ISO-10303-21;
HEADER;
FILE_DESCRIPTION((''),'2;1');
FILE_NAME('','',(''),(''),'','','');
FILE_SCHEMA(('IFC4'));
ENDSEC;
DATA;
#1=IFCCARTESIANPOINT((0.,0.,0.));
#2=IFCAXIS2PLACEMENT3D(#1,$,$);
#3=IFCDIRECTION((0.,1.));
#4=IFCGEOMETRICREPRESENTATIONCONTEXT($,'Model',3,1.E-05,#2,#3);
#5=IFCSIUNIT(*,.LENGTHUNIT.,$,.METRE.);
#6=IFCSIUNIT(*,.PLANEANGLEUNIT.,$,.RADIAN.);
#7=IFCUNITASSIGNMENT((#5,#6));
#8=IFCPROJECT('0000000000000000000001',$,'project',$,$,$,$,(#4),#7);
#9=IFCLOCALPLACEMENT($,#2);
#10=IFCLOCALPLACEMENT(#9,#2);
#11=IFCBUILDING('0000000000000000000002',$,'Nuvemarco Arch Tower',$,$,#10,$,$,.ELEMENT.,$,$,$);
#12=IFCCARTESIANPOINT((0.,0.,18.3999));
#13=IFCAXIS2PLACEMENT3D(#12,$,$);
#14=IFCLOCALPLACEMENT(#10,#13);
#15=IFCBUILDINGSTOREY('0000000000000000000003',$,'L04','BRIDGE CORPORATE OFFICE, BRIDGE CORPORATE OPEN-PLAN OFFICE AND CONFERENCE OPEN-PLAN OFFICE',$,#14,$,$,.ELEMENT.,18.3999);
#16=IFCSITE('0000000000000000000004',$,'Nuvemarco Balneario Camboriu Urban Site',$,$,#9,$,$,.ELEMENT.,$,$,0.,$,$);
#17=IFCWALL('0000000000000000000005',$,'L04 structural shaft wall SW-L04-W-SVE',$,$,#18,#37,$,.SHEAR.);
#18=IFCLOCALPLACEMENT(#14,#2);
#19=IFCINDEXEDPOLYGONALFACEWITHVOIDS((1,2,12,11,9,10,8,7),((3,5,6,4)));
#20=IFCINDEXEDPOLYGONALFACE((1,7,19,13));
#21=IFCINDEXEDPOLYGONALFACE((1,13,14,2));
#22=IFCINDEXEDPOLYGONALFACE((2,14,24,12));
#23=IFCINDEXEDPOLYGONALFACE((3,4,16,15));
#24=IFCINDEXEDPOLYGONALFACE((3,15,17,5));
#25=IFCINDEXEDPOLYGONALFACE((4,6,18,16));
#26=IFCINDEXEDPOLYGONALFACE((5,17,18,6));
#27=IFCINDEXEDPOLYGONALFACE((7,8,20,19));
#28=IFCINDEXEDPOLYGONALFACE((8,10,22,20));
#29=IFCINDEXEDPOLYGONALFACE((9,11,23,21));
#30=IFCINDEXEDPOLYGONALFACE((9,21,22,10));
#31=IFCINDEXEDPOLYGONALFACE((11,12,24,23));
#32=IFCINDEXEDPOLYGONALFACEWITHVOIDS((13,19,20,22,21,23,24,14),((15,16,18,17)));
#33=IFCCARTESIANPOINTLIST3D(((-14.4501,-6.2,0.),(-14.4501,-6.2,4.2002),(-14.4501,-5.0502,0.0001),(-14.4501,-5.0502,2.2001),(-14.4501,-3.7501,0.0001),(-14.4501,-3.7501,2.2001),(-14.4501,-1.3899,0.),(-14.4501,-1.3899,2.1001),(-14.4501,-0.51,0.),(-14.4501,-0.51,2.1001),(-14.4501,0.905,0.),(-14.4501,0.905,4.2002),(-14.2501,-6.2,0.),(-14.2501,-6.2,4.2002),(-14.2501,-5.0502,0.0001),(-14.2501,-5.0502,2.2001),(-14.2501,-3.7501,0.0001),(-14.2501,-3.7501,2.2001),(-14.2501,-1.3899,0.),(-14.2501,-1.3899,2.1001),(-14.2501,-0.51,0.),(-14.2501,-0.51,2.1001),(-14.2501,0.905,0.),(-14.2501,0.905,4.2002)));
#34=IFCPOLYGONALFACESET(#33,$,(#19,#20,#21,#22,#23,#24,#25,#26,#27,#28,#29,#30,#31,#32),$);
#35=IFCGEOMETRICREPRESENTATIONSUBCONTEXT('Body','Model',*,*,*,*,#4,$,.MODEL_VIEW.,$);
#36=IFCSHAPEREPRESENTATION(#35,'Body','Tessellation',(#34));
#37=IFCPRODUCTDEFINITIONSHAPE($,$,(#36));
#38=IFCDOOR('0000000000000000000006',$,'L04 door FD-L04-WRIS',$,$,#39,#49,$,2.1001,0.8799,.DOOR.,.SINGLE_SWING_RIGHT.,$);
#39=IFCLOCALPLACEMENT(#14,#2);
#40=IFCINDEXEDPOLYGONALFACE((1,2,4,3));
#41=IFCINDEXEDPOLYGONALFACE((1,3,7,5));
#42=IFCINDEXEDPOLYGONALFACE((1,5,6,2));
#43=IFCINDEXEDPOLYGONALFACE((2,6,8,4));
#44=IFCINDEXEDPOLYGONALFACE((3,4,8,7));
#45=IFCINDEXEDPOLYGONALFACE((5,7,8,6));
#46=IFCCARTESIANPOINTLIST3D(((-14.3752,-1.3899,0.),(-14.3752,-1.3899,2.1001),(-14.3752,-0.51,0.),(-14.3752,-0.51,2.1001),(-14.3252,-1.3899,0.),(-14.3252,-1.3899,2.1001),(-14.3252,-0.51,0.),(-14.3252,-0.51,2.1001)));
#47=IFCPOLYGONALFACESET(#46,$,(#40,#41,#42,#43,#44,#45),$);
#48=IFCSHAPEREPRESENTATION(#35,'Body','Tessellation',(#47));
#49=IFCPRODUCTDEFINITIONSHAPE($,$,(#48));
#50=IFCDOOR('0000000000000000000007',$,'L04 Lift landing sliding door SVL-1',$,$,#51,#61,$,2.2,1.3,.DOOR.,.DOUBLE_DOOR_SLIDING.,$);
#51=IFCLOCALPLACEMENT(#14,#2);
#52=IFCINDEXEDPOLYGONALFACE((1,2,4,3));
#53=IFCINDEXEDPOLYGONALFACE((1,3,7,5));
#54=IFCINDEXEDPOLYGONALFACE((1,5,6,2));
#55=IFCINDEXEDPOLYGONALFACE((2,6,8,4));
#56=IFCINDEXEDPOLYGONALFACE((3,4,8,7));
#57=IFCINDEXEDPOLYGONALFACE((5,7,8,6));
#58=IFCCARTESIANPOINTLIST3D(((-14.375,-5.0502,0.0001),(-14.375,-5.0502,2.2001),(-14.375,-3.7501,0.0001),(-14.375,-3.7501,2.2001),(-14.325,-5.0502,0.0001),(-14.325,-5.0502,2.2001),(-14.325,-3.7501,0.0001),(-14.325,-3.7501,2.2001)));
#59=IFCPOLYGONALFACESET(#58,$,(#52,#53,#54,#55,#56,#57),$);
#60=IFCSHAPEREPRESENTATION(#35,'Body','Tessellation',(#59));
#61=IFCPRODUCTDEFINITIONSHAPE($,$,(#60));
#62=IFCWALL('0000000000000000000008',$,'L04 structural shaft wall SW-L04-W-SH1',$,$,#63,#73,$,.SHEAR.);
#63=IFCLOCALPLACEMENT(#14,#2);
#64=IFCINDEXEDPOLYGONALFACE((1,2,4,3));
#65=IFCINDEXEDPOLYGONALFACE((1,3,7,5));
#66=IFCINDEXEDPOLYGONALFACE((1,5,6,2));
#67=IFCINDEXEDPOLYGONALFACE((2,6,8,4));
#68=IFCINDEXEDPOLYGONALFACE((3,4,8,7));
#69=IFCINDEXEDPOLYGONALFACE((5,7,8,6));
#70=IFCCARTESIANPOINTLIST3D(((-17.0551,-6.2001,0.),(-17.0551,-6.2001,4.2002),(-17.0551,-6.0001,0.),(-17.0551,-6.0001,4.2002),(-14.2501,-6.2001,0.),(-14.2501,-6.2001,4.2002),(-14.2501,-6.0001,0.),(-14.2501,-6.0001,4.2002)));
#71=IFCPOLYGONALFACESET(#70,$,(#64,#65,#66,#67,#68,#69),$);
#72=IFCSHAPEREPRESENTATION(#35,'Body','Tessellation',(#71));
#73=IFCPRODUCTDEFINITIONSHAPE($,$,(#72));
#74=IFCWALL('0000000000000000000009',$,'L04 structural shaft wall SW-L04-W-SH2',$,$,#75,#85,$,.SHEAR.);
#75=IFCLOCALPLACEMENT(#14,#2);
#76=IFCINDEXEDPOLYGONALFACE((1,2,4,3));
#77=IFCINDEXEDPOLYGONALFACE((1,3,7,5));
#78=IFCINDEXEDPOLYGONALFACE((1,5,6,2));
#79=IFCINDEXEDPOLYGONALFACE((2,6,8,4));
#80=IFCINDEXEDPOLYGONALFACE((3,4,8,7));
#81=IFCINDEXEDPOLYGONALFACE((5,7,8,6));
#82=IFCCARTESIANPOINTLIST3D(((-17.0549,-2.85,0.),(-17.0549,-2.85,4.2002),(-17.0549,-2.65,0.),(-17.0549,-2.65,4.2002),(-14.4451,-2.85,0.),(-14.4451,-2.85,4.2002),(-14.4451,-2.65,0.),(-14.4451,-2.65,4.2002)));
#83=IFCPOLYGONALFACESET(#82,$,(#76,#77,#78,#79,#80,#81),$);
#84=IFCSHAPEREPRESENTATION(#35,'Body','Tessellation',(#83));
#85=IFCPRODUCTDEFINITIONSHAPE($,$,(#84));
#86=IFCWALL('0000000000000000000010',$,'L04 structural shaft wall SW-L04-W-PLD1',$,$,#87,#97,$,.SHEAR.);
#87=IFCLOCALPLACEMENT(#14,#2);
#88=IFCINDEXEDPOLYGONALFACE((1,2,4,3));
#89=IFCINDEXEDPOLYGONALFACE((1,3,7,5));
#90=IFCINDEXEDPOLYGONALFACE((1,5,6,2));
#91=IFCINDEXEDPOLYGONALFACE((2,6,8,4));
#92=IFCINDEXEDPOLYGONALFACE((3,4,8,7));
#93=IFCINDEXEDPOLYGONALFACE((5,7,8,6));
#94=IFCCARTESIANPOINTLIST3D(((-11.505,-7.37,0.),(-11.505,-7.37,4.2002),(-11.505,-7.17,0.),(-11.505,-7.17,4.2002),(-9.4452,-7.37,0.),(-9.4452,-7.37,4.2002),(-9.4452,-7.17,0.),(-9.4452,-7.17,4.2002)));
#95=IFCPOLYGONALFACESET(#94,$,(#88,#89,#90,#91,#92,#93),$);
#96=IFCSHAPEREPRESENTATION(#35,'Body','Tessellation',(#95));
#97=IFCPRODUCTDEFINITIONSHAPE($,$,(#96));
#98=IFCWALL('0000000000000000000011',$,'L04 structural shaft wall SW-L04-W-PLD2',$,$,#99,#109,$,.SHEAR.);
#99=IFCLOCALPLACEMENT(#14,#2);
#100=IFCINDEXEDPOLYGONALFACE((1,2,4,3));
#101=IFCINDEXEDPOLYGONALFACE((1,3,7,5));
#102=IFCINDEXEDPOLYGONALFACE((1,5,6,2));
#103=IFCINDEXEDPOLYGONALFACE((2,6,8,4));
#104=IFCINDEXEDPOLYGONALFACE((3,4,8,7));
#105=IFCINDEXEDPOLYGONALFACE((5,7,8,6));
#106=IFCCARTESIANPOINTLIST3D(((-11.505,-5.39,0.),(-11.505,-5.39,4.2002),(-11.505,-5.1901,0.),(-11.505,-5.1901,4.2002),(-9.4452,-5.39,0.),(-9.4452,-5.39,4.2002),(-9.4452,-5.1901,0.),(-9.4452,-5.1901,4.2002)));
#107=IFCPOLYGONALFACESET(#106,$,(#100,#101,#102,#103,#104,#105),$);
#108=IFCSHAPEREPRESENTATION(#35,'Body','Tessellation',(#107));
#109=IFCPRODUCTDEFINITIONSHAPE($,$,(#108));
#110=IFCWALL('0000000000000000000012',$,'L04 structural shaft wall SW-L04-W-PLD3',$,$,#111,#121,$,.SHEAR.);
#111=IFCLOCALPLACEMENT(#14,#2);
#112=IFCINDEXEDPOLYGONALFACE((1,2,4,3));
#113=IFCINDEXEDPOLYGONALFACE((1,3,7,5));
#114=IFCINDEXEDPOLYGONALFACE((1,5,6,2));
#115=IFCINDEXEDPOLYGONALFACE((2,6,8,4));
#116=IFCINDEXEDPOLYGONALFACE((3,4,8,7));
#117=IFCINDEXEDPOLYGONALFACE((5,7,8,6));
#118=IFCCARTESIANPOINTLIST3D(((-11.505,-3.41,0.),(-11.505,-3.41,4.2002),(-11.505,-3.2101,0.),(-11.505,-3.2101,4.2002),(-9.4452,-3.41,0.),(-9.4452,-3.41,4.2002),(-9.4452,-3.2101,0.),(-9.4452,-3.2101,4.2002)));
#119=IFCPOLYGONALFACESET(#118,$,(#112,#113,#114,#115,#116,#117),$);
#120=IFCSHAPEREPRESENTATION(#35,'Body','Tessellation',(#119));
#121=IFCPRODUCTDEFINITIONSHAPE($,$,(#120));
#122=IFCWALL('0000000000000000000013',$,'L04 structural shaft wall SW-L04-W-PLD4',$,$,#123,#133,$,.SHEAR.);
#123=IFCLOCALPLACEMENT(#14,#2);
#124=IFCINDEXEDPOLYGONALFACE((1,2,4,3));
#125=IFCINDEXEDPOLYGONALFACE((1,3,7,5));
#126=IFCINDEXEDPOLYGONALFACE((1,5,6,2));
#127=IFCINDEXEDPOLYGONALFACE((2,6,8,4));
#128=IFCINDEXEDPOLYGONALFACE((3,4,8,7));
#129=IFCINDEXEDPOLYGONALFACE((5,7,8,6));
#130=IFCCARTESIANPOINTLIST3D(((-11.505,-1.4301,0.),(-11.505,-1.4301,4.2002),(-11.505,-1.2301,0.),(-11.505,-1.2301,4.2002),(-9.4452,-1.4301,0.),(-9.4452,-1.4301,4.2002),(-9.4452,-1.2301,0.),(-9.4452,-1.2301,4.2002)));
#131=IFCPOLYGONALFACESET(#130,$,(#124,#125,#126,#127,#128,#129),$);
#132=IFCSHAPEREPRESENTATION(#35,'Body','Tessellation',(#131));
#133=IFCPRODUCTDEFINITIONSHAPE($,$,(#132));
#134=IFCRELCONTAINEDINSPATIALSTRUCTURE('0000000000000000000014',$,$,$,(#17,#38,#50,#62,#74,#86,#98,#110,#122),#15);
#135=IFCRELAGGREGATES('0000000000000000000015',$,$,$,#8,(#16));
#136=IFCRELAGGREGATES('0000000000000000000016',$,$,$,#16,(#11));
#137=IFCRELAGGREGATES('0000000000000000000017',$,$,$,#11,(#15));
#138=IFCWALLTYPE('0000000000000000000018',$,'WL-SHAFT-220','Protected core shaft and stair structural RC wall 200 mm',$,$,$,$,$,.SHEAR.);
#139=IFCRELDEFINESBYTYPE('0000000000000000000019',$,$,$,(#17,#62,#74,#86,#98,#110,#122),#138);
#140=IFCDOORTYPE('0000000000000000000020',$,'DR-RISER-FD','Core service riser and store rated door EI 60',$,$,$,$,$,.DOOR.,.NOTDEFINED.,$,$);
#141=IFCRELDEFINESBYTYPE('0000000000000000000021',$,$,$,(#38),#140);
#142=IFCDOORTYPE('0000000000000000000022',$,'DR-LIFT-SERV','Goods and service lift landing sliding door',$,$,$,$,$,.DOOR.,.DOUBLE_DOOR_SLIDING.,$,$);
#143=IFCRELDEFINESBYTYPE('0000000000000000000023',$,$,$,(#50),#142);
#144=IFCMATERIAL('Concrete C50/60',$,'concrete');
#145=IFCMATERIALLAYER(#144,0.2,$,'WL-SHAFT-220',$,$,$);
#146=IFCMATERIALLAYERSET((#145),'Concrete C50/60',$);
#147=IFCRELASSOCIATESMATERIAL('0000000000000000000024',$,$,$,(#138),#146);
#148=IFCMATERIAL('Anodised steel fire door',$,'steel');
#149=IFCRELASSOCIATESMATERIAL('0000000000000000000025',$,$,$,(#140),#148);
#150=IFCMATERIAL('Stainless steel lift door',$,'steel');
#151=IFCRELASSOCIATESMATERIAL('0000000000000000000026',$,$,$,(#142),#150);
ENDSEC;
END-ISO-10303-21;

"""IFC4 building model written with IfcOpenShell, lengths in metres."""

from ifc_helpers import new_model, si_unit, direction, frame, frame_2d, origin, place, context, subcontext, project, spatial, rectangle, extrude, source, transform, mapped, material, layer, layer_set, type_object, type_shapes, element, fill, save


model = new_model("IFC4")

# Units and contexts
model_context = context("Model", 3, precision=1e-05, world=origin(), true_north=direction((0.0, 1.0)))
body_context = subcontext(model_context, "Body", "Model", "MODEL_VIEW")
ifc_project = project(units=[si_unit("LENGTHUNIT", "METRE"), si_unit("PLANEANGLEUNIT", "RADIAN")], contexts=[model_context])

# Site, building, storey
site_placement = place(None, origin())
site = spatial("IfcSite", under=ifc_project, at=site_placement, Name="Nuvemarco Balneario Camboriu Urban Site", CompositionType="ELEMENT", RefElevation=0.0)
building_placement = place(site_placement, origin())
building = spatial("IfcBuilding", under=site, at=building_placement, Name="Nuvemarco Arch Tower", CompositionType="ELEMENT")
storey_placement = place(building_placement, frame((0.0, 0.0, 18.3999)))
storey = spatial("IfcBuildingStorey", under=building, at=storey_placement, Name="L04", Description="BRIDGE CORPORATE OFFICE, BRIDGE CORPORATE OPEN-PLAN OFFICE AND CONFERENCE OPEN-PLAN OFFICE", CompositionType="ELEMENT", Elevation=18.3999)

# Shared definitions
ifc_material_1 = material(Name="Anodised steel fire door", Category="steel")
ifc_material_2 = material(Name="Concrete C50/60", Category="concrete")
ifc_layer_1 = layer(ifc_material_2, 0.2, Name="WL-SHAFT-220")
ifc_layer_set_1 = layer_set([ifc_layer_1], Name="Concrete C50/60")
wall_type_1 = type_object("IfcWallType", Name="WL-SHAFT-220", Description="Protected core shaft and stair structural RC wall 200 mm", PredefinedType="SHEAR", material=ifc_layer_set_1)
ifc_material_3 = material(Name="Stainless steel lift door", Category="steel")

# Wall, openings, doors
wall_1_placement = place(storey_placement, frame((-14.3501, -6.2, 0.0), z_axis=(0.0, 0.0, 1.0), x_axis=(0.0, 1.0, 0.0)))
wall_1 = element("IfcWall", 1, at=wall_1_placement, inside=storey, type_object=wall_type_1, Name="L04 structural shaft wall SW-L04-W-SVE", PredefinedType="SHEAR", context=body_context, shape_type="SweptSolid", body=[
    extrude(rectangle(XDim=7.105, YDim=0.2, at=frame_2d((3.5525, 0.0))), origin(), (0.0, 0.0, 1.0), 4.2002),
])
opening_1_placement = place(wall_1_placement, frame((5.6899, 0.0, 0.0), z_axis=(0.0, 0.0, 1.0), x_axis=(-1.0, 0.0, 0.0)))
opening_1 = element("IfcOpeningElement", 2, at=opening_1_placement, cuts=wall_1, PredefinedType="OPENING", context=body_context, shape_type="SweptSolid", body=[
    extrude(rectangle(XDim=0.8799, YDim=2.1001, at=frame_2d((0.4399, 1.05))), frame((0.0, 0.1099, 0.0), z_axis=(0.0, -1.0, 0.0), x_axis=(1.0, 0.0, 0.0)), (0.0, 0.0, 1.0), 0.22),
])
opening_2_placement = place(wall_1_placement, frame((1.1499, 0.0, 0.0)))
opening_2 = element("IfcOpeningElement", 3, at=opening_2_placement, cuts=wall_1, PredefinedType="OPENING", context=body_context, shape_type="SweptSolid", body=[
    extrude(rectangle(XDim=1.3, YDim=2.2, at=frame_2d((0.6499, 1.1001))), frame((0.0, 0.1099, 0.0), z_axis=(0.0, -1.0, 0.0), x_axis=(1.0, 0.0, 0.0)), (0.0, 0.0, 1.0), 0.22),
])
door_type_1 = type_object("IfcDoorType", Name="DR-RISER-FD", Description="Core service riser and store rated door EI 60", OperationType="NOTDEFINED", PredefinedType="DOOR", material=ifc_material_1)
shared_shape_1 = source(origin(), body_context, "Body", "SweptSolid", [
    extrude(rectangle(XDim=0.8799, YDim=2.1001, at=frame_2d((0.4399, 1.05))), frame((0.0, 0.0249, 0.0), z_axis=(0.0, -1.0, 0.0), x_axis=(1.0, 0.0, 0.0)), (0.0, 0.0, 1.0), 0.05),
])
type_shapes(door_type_1, [shared_shape_1])
door_1_placement = place(opening_1_placement, origin())
door_1 = element("IfcDoor", 4, at=door_1_placement, inside=storey, type_object=door_type_1, Name="L04 door FD-L04-WRIS", OperationType="SINGLE_SWING_RIGHT", OverallHeight=2.1001, OverallWidth=0.8799, PredefinedType="DOOR", context=body_context, shape_type="MappedRepresentation", body=[
    mapped(shared_shape_1, transform((0.0, 0.0, 0.0), scale=1.0)),
])
fill(opening_1, door_1)
door_type_2 = type_object("IfcDoorType", Name="DR-LIFT-SERV", Description="Goods and service lift landing sliding door", OperationType="DOUBLE_DOOR_SLIDING", PredefinedType="DOOR", material=ifc_material_3)
shared_shape_2 = source(origin(), body_context, "Body", "SweptSolid", [
    extrude(rectangle(XDim=1.3, YDim=2.2, at=frame_2d((0.6499, 1.1001))), frame((0.0, 0.0249, 0.0), z_axis=(0.0, -1.0, 0.0), x_axis=(1.0, 0.0, 0.0)), (0.0, 0.0, 1.0), 0.05),
])
type_shapes(door_type_2, [shared_shape_2])
door_2_placement = place(opening_2_placement, origin())
door_2 = element("IfcDoor", 5, at=door_2_placement, inside=storey, type_object=door_type_2, Name="L04 Lift landing sliding door SVL-1", OperationType="DOUBLE_DOOR_SLIDING", OverallHeight=2.2, OverallWidth=1.3, PredefinedType="DOOR", context=body_context, shape_type="MappedRepresentation", body=[
    mapped(shared_shape_2, transform((0.0, 0.0, 0.0), scale=1.0)),
])
fill(opening_2, door_2)

# Walls
wall_2_placement = place(storey_placement, frame((-17.0549, -6.1001, 0.0), z_axis=(0.0, 0.0, 1.0), x_axis=(1.0, 0.0, 0.0)))
element("IfcWall", 6, at=wall_2_placement, inside=storey, type_object=wall_type_1, Name="L04 structural shaft wall SW-L04-W-SH1", PredefinedType="SHEAR", context=body_context, shape_type="SweptSolid", body=[
    extrude(rectangle(XDim=2.8049, YDim=0.2, at=frame_2d((1.4023, 0.0))), origin(), (0.0, 0.0, 1.0), 4.2002),
])
wall_3_placement = place(storey_placement, frame((-17.0549, -2.75, 0.0), z_axis=(0.0, 0.0, 1.0), x_axis=(1.0, 0.0, 0.0)))
element("IfcWall", 7, at=wall_3_placement, inside=storey, type_object=wall_type_1, Name="L04 structural shaft wall SW-L04-W-SH2", PredefinedType="SHEAR", context=body_context, shape_type="SweptSolid", body=[
    extrude(rectangle(XDim=2.6099, YDim=0.2, at=frame_2d((1.3049, 0.0))), origin(), (0.0, 0.0, 1.0), 4.2002),
])

# Walls
for number, where, z_axis, x_axis, name in (
    (8, (-11.5049, -7.27, 0.0), (0.0, 0.0, 1.0), (1.0, 0.0, 0.0), "L04 structural shaft wall SW-L04-W-PLD1"),
    (9, (-11.5049, -5.29, 0.0), (0.0, 0.0, 1.0), (1.0, 0.0, 0.0), "L04 structural shaft wall SW-L04-W-PLD2"),
    (10, (-11.5049, -3.3101, 0.0), (0.0, 0.0, 1.0), (1.0, 0.0, 0.0), "L04 structural shaft wall SW-L04-W-PLD3"),
    (11, (-11.5049, -1.3301, 0.0), (0.0, 0.0, 1.0), (1.0, 0.0, 0.0), "L04 structural shaft wall SW-L04-W-PLD4"),
):
    element("IfcWall", number, at=place(storey_placement, frame(where, z_axis=z_axis, x_axis=x_axis)), inside=storey, type_object=wall_type_1, Name=name, PredefinedType="SHEAR", context=body_context, shape_type="SweptSolid", body=[
        extrude(rectangle(XDim=2.0598, YDim=0.2, at=frame_2d((1.0298, 0.0))), origin(), (0.0, 0.0, 1.0), 4.2002),
    ])

save(model, "model.ifc")
